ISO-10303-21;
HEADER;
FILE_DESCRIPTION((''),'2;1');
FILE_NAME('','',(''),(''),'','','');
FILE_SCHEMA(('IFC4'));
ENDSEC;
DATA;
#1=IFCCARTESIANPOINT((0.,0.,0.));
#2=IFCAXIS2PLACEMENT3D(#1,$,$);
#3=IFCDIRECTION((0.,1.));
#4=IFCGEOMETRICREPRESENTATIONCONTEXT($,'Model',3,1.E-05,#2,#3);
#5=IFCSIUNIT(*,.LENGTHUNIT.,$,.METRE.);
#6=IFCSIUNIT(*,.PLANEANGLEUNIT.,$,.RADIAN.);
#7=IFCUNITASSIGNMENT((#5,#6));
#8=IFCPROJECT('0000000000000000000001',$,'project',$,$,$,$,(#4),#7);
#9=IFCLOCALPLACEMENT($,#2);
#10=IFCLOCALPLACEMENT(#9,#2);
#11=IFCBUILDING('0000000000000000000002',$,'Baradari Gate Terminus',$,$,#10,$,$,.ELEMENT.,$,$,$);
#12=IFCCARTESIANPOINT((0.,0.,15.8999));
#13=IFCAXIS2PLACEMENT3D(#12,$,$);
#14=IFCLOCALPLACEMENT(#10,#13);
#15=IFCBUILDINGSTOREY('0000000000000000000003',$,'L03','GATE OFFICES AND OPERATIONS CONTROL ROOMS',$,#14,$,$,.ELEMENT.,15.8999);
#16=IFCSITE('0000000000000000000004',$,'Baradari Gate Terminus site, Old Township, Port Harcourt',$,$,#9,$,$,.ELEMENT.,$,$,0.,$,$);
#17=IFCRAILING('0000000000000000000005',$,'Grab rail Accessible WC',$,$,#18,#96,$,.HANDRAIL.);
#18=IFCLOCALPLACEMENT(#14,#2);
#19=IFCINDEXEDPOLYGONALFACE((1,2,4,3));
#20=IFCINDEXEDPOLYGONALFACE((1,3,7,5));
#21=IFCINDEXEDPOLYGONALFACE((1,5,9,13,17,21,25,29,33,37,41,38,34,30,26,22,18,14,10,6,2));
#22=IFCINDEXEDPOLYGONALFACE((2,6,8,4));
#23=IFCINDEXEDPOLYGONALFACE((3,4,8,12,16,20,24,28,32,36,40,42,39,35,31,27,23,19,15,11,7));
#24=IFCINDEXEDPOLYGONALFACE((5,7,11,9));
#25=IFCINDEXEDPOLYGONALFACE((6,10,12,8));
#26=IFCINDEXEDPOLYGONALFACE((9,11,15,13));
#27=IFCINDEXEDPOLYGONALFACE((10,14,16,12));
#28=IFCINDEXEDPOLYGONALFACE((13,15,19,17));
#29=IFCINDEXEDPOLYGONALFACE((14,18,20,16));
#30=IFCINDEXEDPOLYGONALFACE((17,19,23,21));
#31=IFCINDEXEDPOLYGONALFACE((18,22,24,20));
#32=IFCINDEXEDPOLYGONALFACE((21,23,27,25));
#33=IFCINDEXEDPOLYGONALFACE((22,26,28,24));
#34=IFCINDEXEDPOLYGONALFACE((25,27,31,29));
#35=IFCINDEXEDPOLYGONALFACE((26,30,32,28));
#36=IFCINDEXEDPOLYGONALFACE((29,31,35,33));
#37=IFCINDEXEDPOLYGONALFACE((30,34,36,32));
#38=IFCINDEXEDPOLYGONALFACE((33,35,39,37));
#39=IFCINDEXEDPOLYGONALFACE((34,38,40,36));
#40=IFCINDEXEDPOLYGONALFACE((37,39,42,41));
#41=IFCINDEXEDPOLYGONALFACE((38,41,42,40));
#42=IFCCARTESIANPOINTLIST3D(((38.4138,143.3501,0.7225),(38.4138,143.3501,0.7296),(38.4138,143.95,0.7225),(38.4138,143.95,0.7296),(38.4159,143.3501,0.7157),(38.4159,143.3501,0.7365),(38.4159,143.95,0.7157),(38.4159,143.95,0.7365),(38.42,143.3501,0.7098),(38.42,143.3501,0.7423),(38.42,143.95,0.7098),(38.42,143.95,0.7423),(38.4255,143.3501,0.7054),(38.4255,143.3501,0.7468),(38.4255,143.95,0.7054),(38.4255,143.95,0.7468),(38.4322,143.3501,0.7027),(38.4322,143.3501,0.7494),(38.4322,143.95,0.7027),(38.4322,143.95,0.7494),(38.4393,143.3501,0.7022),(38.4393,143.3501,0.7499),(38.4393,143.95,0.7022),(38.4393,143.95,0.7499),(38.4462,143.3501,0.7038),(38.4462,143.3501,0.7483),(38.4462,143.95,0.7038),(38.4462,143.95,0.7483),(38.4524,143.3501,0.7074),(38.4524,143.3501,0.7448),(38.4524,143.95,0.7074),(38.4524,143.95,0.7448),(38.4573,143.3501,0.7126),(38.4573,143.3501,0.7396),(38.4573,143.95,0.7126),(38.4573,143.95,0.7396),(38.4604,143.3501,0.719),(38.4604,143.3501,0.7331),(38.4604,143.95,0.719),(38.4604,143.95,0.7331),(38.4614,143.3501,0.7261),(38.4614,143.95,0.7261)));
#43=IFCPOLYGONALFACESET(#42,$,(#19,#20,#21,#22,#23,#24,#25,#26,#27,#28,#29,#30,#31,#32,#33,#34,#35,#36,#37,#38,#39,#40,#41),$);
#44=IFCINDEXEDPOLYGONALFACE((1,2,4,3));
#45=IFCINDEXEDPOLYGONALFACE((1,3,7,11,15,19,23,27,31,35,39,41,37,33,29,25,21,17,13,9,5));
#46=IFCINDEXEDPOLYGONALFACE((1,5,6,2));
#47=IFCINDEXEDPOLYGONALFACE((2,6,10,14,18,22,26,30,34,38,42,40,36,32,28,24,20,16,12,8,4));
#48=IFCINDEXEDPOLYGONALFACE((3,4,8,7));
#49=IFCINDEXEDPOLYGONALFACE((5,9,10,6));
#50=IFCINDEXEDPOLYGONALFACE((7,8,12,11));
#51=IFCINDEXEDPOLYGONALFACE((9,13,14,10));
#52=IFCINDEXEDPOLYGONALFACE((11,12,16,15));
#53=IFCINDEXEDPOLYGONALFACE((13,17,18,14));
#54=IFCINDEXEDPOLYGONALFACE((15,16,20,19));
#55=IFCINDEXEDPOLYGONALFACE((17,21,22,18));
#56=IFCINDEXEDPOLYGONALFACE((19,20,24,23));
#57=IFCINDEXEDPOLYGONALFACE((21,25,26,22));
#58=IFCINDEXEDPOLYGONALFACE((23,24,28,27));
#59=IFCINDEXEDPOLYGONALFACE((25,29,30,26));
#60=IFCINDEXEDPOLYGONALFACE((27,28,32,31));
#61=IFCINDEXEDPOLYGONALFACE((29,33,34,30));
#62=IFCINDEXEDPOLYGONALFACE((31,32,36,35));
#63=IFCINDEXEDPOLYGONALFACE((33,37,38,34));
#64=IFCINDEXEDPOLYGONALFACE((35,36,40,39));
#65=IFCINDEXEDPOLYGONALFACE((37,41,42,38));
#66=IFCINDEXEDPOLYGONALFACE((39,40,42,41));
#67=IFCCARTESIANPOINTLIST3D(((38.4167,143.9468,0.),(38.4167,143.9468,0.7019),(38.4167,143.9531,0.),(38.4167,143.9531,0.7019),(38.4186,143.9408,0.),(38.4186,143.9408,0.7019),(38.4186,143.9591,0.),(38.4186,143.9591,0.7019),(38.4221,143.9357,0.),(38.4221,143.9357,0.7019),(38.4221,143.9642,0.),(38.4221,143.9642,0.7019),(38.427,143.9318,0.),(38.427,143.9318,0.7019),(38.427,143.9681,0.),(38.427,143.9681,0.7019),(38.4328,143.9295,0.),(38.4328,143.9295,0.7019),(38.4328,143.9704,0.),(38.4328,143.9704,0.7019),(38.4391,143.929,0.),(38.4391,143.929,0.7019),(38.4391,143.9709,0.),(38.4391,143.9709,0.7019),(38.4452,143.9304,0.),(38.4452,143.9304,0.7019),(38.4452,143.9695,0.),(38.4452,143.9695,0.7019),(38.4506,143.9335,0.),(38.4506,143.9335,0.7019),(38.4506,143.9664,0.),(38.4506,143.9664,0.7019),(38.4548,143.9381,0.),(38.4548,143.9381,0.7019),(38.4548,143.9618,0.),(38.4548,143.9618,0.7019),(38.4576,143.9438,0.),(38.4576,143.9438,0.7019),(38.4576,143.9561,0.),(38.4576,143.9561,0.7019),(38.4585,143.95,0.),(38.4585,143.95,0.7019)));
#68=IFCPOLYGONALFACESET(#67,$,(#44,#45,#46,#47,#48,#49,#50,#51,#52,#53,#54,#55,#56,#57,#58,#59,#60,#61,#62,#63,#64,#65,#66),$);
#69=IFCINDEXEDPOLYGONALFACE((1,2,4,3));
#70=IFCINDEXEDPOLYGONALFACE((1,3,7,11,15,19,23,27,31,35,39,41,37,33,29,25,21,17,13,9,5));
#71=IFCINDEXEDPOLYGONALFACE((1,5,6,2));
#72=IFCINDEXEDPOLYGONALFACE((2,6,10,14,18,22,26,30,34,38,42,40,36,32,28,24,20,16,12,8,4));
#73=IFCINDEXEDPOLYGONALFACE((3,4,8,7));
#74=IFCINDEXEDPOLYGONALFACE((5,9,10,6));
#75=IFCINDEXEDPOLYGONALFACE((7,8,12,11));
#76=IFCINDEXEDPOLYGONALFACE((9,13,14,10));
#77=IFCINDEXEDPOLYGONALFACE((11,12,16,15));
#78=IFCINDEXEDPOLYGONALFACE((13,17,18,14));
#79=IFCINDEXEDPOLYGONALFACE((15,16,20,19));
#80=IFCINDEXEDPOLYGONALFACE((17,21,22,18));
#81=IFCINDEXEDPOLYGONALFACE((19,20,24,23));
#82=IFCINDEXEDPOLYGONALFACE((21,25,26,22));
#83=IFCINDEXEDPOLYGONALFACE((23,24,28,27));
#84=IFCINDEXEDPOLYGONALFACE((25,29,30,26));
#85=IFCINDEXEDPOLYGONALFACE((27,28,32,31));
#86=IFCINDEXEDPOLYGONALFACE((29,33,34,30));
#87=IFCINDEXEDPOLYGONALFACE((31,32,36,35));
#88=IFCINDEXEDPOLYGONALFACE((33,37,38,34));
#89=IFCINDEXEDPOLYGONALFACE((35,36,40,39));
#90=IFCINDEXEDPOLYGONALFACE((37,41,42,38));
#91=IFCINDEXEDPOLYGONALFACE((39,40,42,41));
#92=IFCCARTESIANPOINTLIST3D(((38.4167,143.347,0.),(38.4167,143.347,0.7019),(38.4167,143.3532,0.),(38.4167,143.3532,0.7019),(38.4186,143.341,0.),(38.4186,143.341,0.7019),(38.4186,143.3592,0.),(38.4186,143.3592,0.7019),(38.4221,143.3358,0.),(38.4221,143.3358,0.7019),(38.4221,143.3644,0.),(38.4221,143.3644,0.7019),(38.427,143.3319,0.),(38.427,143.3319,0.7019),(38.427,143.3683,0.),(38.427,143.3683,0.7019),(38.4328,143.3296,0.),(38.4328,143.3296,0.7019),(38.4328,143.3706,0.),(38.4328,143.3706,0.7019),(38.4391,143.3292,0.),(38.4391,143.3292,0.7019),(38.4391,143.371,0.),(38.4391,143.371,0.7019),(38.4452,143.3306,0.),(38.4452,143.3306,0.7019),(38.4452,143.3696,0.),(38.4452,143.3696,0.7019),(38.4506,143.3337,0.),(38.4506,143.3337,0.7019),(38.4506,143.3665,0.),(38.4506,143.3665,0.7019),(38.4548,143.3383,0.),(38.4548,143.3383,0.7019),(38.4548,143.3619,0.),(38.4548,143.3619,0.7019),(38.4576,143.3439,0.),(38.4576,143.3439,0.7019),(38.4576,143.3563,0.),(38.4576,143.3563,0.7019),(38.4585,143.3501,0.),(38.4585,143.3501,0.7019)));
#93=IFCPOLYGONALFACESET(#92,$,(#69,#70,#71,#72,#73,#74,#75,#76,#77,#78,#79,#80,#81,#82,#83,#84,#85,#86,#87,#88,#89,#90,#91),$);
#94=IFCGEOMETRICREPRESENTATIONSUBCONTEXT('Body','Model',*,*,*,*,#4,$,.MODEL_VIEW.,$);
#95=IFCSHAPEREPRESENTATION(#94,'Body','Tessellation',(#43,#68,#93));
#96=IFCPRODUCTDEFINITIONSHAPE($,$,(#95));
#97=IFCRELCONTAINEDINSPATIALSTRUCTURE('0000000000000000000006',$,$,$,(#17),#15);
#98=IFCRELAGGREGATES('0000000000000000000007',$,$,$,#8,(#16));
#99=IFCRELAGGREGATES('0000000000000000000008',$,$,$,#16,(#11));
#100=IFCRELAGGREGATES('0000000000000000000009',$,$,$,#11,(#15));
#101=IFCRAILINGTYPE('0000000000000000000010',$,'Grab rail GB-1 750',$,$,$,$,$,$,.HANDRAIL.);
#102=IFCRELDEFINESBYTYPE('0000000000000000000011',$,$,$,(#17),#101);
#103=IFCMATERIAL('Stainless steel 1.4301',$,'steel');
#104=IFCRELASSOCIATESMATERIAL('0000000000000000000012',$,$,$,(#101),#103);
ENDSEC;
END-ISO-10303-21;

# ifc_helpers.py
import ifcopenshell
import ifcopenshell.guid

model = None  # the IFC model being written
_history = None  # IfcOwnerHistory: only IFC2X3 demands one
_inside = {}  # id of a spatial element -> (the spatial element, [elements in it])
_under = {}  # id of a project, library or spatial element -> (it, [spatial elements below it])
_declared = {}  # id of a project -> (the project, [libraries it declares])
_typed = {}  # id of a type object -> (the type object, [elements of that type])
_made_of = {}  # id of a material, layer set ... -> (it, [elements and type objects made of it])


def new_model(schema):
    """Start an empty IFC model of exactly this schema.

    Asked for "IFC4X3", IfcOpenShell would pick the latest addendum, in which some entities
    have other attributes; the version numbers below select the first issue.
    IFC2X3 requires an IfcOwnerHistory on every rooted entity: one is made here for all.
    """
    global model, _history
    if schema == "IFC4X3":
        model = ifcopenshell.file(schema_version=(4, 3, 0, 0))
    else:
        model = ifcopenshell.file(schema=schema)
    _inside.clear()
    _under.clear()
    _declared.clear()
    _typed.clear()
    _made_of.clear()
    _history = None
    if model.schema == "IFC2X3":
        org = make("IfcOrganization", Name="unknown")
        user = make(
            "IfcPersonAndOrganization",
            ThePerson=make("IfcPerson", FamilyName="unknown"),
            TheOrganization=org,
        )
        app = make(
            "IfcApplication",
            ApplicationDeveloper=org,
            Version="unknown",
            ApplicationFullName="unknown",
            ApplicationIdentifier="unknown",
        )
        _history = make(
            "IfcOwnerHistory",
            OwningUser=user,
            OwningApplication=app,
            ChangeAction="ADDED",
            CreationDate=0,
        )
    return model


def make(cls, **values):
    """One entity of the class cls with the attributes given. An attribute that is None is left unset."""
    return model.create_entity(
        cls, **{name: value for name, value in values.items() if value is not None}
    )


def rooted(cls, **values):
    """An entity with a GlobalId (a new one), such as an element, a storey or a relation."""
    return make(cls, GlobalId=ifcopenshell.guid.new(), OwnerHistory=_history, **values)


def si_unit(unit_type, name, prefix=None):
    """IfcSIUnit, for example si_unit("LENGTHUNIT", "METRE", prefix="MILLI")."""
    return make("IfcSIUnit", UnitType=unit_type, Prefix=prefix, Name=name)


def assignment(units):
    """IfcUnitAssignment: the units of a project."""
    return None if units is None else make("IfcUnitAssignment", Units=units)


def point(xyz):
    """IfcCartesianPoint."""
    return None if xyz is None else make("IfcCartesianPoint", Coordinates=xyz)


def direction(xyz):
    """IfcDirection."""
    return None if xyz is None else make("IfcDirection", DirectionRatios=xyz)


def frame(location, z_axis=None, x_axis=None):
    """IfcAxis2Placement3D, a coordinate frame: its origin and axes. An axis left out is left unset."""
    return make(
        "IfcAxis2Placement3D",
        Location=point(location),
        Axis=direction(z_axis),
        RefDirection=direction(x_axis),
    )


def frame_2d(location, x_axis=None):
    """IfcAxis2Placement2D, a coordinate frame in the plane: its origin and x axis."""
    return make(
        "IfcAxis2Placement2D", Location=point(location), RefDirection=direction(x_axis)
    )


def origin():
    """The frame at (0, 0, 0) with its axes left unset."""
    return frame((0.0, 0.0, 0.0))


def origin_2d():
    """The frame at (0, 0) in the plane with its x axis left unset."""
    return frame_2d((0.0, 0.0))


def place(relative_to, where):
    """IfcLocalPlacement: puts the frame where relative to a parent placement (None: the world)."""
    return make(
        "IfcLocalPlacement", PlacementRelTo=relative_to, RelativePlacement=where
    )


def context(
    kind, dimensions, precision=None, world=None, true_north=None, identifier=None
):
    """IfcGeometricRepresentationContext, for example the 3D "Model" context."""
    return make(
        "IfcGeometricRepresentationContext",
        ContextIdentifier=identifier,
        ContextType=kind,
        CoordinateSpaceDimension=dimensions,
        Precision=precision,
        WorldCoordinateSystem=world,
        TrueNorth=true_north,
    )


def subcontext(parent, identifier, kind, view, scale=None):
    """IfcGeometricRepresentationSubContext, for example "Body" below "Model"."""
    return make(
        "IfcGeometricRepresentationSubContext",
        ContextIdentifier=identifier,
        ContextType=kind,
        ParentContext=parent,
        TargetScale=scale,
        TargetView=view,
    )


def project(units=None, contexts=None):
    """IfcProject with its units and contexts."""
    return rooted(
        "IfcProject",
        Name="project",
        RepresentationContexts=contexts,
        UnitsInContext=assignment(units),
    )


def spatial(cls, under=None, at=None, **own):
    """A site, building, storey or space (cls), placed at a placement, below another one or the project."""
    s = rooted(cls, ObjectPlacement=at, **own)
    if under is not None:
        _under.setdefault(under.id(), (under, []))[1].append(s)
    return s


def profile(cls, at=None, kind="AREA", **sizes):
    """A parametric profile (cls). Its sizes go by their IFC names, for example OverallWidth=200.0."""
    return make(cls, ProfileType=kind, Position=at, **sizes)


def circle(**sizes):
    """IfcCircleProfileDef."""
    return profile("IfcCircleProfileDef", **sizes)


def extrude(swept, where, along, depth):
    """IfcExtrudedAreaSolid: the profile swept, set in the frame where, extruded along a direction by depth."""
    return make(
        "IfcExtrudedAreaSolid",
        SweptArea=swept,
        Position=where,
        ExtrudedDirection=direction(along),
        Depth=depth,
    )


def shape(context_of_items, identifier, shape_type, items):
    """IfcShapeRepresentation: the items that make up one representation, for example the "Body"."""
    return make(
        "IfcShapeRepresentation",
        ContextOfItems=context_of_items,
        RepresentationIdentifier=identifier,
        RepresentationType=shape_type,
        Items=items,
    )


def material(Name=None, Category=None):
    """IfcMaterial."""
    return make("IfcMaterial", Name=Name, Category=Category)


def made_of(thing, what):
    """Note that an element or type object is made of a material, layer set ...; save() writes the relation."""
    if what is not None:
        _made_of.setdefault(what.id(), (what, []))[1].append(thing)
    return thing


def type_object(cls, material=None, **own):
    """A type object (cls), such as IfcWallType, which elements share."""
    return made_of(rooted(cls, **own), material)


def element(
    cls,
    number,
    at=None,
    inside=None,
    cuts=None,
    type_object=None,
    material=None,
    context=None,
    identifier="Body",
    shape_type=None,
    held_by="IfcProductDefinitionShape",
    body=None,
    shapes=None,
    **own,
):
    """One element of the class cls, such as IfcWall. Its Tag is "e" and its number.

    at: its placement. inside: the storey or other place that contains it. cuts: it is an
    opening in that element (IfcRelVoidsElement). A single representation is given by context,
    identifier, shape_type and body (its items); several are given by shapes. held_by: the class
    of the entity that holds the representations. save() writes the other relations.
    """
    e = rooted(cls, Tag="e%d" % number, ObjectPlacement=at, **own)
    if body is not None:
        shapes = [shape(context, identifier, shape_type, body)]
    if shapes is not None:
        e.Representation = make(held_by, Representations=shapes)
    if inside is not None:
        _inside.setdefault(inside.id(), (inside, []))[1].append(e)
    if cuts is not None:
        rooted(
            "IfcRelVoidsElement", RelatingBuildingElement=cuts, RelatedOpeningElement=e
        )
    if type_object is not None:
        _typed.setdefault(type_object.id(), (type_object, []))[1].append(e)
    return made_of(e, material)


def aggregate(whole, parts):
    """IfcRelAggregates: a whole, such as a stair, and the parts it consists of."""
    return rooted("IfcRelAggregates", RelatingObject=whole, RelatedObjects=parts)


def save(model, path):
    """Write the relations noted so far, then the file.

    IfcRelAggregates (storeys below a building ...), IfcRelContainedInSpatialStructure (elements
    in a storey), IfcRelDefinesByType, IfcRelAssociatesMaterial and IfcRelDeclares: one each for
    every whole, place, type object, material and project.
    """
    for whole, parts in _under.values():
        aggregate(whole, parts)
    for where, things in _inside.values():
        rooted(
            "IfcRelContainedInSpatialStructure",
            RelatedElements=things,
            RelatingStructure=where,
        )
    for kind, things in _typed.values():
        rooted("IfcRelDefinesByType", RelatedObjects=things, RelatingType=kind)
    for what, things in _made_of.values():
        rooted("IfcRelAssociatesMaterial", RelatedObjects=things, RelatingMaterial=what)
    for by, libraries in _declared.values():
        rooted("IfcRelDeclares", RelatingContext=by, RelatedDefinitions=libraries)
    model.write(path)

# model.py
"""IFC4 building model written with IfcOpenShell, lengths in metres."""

from ifc_helpers import new_model, si_unit, direction, frame, origin, origin_2d, place, context, subcontext, project, spatial, circle, extrude, material, type_object, element, save


model = new_model("IFC4")

# Units and contexts
model_context = context("Model", 3, precision=1e-05, world=origin(), true_north=direction((0.0, 1.0)))
body_context = subcontext(model_context, "Body", "Model", "MODEL_VIEW")
ifc_project = project(units=[si_unit("LENGTHUNIT", "METRE"), si_unit("PLANEANGLEUNIT", "RADIAN")], contexts=[model_context])

# Site, building, storey
site_placement = place(None, origin())
site = spatial("IfcSite", under=ifc_project, at=site_placement, Name="Baradari Gate Terminus site, Old Township, Port Harcourt", CompositionType="ELEMENT", RefElevation=0.0)
building_placement = place(site_placement, origin())
building = spatial("IfcBuilding", under=site, at=building_placement, Name="Baradari Gate Terminus", CompositionType="ELEMENT")
storey_placement = place(building_placement, frame((0.0, 0.0, 15.8999)))
storey = spatial("IfcBuildingStorey", under=building, at=storey_placement, Name="L03", Description="GATE OFFICES AND OPERATIONS CONTROL ROOMS", CompositionType="ELEMENT", Elevation=15.8999)

# Railing
ifc_material_1 = material(Name="Stainless steel 1.4301", Category="steel")
railing_type_1 = type_object("IfcRailingType", Name="Grab rail GB-1 750", PredefinedType="HANDRAIL", material=ifc_material_1)
railing_1_placement = place(storey_placement, frame((38.4375, 143.95, 0.0)))
element("IfcRailing", 1, at=railing_1_placement, inside=storey, type_object=railing_type_1, Name="Grab rail Accessible WC", PredefinedType="HANDRAIL", context=body_context, shape_type="SweptSolid", body=[
    extrude(circle(Radius=0.0239, at=origin_2d()), frame((0.0, 0.0, 0.7261), z_axis=(0.0, -1.0, 0.0), x_axis=(1.0, 0.0, 0.0)), (0.0, 0.0, 1.0), 0.5999),
    extrude(circle(Radius=0.021, at=origin_2d()), origin(), (0.0, 0.0, 1.0), 0.7019),
    extrude(circle(Radius=0.021, at=origin_2d()), frame((0.0, -0.5999, 0.0)), (0.0, 0.0, 1.0), 0.7019),
])

save(model, "model.ifc")
